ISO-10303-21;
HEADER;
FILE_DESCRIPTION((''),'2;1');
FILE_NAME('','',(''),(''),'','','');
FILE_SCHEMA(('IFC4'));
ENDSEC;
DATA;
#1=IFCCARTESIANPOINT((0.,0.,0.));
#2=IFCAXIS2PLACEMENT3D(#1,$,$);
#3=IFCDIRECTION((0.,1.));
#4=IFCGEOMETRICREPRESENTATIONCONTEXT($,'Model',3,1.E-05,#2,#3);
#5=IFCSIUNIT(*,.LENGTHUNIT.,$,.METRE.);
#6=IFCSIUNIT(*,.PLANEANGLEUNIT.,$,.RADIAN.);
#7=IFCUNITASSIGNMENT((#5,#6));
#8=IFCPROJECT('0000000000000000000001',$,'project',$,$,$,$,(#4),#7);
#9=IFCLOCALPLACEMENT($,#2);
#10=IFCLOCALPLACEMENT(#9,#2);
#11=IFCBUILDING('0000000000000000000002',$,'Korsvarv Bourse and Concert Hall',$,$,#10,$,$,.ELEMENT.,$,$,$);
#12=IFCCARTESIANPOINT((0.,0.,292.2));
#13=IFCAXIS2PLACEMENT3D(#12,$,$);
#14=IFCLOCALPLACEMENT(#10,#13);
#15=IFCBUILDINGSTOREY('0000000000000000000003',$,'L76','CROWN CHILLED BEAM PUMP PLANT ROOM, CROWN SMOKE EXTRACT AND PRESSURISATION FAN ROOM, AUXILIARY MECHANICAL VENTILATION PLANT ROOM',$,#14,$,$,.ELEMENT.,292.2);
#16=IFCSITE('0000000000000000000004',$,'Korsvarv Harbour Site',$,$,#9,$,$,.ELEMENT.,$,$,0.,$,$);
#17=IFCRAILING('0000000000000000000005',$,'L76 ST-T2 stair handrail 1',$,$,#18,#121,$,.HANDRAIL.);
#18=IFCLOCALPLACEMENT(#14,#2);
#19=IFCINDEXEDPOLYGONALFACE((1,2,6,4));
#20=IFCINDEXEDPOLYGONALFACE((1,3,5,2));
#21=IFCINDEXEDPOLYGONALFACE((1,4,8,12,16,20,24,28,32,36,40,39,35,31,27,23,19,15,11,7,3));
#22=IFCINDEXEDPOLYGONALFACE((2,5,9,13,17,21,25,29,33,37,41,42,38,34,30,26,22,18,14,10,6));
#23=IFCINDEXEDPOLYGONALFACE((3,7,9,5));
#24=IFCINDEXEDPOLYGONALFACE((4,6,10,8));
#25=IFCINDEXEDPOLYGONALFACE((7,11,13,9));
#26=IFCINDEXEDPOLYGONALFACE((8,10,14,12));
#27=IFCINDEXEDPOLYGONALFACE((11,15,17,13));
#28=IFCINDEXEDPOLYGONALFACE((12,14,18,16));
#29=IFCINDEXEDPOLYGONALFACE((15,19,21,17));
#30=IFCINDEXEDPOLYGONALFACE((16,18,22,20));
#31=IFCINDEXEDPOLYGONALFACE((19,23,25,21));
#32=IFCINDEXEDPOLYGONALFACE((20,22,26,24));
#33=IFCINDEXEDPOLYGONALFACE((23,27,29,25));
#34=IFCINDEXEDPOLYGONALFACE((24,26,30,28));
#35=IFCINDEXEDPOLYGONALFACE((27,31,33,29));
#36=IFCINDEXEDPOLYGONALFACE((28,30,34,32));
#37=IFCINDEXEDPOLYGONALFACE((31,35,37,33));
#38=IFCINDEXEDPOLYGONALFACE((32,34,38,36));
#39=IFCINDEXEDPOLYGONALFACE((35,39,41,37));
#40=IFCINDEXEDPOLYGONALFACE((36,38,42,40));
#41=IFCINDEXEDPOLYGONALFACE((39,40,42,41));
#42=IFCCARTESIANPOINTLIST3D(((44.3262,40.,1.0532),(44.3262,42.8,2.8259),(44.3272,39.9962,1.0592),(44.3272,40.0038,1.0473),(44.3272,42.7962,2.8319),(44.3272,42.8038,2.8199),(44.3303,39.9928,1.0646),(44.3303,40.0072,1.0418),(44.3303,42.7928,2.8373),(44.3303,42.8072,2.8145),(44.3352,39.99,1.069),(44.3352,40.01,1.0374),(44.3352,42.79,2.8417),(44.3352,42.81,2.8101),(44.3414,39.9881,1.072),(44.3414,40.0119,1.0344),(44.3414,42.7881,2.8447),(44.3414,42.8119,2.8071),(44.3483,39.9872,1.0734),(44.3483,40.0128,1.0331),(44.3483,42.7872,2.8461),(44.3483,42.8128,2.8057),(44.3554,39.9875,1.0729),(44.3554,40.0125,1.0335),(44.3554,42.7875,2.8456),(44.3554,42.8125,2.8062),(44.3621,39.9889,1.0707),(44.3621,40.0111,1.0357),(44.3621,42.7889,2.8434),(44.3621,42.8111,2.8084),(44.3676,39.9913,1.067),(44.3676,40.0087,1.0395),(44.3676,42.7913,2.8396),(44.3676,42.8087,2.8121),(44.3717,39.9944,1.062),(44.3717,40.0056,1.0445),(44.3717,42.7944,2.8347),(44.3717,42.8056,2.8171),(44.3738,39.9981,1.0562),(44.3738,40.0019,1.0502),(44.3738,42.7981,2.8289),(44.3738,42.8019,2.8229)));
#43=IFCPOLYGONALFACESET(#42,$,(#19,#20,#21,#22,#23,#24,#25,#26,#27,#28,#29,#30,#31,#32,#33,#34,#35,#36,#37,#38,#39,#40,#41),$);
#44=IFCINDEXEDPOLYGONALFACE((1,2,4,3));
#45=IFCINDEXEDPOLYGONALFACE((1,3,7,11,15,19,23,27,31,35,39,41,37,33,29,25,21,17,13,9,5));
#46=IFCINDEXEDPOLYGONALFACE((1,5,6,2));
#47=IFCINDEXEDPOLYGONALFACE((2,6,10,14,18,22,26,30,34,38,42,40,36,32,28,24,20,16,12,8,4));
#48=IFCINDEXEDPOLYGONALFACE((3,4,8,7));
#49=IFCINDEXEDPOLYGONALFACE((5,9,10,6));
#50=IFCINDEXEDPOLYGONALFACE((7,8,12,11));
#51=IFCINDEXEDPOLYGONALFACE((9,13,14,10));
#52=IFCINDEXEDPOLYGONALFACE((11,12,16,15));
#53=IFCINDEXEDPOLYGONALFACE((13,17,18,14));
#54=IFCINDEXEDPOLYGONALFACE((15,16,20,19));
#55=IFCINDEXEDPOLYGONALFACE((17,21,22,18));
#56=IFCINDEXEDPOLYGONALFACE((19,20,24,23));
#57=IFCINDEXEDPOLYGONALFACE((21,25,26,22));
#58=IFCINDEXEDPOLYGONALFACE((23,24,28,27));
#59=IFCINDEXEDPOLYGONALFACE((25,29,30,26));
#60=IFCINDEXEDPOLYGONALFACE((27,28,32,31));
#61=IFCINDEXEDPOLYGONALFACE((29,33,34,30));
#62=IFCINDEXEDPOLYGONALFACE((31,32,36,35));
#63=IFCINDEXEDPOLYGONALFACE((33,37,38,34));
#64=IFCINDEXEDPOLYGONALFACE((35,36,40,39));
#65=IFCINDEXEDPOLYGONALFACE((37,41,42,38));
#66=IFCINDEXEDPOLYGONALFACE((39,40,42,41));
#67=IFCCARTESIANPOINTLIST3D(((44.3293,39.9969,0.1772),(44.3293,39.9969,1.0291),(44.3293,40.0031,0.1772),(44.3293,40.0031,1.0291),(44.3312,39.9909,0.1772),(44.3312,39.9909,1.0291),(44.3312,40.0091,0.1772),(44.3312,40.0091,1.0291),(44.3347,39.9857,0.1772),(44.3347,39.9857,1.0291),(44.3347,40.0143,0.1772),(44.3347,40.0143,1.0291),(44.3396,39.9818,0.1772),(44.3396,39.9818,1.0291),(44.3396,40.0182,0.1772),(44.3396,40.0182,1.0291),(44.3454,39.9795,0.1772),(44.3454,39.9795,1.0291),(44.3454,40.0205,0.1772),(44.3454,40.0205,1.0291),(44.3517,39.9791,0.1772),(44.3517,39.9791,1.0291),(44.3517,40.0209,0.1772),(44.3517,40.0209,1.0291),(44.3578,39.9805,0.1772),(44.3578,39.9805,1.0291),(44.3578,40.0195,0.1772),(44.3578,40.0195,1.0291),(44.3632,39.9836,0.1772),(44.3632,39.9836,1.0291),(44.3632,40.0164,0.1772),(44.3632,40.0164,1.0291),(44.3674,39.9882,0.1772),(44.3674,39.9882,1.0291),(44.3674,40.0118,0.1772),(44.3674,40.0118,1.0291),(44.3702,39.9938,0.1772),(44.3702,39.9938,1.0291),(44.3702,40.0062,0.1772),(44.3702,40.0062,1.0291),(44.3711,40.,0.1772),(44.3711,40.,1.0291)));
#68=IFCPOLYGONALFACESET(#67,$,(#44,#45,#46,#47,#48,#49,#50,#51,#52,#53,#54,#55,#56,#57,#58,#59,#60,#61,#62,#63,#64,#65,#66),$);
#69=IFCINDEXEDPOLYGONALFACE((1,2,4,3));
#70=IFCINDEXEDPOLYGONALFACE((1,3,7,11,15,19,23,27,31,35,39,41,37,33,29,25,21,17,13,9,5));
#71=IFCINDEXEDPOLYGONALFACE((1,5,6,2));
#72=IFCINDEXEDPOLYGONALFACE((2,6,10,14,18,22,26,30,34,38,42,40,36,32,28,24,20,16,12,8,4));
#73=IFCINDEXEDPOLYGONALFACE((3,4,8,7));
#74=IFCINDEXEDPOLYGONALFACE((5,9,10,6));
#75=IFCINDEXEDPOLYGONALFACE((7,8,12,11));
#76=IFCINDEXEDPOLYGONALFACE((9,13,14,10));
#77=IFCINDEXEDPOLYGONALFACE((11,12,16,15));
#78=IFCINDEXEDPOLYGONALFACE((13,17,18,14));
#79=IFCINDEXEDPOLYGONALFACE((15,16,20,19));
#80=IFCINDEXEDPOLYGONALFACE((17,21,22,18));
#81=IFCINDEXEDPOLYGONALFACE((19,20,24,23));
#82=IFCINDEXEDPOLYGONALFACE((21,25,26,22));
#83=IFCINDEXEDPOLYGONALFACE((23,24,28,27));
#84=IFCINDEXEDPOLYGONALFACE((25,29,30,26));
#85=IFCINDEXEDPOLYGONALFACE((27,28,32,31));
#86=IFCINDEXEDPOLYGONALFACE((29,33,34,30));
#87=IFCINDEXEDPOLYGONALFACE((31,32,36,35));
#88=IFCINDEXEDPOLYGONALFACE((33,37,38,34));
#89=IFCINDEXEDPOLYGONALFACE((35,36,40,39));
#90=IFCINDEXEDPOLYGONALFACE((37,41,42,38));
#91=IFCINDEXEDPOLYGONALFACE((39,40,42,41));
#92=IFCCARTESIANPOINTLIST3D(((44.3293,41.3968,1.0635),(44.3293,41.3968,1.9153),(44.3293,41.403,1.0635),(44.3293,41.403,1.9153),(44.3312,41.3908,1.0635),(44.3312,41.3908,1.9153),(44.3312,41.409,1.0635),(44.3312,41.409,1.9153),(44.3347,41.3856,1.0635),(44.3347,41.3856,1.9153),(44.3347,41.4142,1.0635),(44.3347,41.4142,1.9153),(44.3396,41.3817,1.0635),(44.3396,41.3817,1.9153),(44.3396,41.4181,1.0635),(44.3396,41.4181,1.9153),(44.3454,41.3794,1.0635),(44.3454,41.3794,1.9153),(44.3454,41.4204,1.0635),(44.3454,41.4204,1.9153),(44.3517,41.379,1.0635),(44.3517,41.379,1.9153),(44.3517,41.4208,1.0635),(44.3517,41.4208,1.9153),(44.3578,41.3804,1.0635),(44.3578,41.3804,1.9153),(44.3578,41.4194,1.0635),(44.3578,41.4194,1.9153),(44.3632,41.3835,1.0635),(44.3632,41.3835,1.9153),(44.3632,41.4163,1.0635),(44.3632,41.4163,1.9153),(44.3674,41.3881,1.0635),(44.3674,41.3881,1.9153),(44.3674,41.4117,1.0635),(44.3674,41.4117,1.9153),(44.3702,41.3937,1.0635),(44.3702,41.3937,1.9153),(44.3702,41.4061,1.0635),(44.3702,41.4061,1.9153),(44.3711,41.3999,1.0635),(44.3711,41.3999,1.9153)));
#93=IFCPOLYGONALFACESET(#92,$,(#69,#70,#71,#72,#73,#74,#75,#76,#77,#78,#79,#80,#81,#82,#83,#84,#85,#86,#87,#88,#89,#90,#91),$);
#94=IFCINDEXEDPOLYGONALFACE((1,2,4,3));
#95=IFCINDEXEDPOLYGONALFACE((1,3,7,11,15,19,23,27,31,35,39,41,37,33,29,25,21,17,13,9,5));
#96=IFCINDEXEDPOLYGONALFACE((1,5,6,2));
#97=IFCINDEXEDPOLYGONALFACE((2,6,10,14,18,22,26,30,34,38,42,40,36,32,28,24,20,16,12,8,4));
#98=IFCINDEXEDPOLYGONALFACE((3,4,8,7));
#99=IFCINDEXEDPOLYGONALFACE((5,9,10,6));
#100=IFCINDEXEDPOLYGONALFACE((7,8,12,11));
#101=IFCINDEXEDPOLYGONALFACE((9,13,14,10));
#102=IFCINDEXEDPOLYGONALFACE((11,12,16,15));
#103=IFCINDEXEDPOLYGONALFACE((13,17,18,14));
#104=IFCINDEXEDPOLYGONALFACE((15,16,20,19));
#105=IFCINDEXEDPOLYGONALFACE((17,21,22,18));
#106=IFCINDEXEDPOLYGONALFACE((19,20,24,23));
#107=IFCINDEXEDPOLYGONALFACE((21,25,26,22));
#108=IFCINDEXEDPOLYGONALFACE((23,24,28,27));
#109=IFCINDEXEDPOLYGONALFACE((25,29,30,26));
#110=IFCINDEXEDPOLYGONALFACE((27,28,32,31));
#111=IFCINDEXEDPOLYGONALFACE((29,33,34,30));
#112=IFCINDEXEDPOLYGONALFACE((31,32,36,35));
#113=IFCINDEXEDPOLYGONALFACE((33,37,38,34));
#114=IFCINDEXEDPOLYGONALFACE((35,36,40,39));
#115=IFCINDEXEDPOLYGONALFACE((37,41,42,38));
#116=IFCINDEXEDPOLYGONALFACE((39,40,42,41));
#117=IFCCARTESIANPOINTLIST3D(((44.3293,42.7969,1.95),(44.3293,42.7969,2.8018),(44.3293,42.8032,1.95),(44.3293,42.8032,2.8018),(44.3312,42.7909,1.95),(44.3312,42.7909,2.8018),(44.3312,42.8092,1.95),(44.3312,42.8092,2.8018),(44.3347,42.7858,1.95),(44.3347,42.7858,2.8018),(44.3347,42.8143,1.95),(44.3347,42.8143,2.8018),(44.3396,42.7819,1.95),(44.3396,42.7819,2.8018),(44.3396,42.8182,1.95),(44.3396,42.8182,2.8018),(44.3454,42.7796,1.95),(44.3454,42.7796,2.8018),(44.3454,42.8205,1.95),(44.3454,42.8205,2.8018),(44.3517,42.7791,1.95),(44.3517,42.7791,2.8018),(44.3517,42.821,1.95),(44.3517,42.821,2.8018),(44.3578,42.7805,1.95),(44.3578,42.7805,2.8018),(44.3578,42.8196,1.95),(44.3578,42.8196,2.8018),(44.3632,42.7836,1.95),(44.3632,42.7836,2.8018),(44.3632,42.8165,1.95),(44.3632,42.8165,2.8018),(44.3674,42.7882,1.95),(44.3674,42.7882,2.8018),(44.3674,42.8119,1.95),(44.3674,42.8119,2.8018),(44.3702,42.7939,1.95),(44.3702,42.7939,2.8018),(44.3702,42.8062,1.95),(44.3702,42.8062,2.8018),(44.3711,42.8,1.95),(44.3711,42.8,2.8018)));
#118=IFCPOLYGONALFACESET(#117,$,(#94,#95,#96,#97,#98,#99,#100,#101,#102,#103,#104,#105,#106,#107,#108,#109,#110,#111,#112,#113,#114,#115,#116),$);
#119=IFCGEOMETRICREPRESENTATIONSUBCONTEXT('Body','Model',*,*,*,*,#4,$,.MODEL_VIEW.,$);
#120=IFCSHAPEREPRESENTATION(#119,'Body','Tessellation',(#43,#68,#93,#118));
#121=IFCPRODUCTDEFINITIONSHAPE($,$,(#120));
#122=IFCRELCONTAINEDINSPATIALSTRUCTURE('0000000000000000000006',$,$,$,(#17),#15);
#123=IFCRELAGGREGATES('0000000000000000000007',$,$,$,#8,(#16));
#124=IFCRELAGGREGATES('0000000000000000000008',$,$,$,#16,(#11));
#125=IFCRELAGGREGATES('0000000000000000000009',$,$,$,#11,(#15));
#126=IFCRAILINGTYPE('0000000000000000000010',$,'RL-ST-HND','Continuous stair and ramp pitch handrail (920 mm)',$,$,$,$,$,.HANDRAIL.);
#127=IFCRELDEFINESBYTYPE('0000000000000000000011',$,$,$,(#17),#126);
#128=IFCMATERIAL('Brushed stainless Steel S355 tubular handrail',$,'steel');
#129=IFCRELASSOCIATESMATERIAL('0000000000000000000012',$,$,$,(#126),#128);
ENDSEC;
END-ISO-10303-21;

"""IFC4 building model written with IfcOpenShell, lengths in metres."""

from ifc_helpers import new_model, si_unit, direction, frame, origin, origin_2d, place, context, subcontext, project, spatial, circle, extrude, material, type_object, element, save


model = new_model("IFC4")

# Units and contexts
model_context = context("Model", 3, precision=1e-05, world=origin(), true_north=direction((0.0, 1.0)))
body_context = subcontext(model_context, "Body", "Model", "MODEL_VIEW")
ifc_project = project(units=[si_unit("LENGTHUNIT", "METRE"), si_unit("PLANEANGLEUNIT", "RADIAN")], contexts=[model_context])

# Site, building, storey
site_placement = place(None, origin())
site = spatial("IfcSite", under=ifc_project, at=site_placement, Name="Korsvarv Harbour Site", CompositionType="ELEMENT", RefElevation=0.0)
building_placement = place(site_placement, origin())
building = spatial("IfcBuilding", under=site, at=building_placement, Name="Korsvarv Bourse and Concert Hall", CompositionType="ELEMENT")
storey_placement = place(building_placement, frame((0.0, 0.0, 292.2)))
storey = spatial("IfcBuildingStorey", under=building, at=storey_placement, Name="L76", Description="CROWN CHILLED BEAM PUMP PLANT ROOM, CROWN SMOKE EXTRACT AND PRESSURISATION FAN ROOM, AUXILIARY MECHANICAL VENTILATION PLANT ROOM", CompositionType="ELEMENT", Elevation=292.2)

# Railing
ifc_material_1 = material(Name="Brushed stainless Steel S355 tubular handrail", Category="steel")
railing_type_1 = type_object("IfcRailingType", Name="RL-ST-HND", Description="Continuous stair and ramp pitch handrail (920 mm)", PredefinedType="HANDRAIL", material=ifc_material_1)
railing_1_placement = place(storey_placement, frame((44.3501, 40.0, 0.1772)))
element("IfcRailing", 1, at=railing_1_placement, inside=storey, type_object=railing_type_1, Name="L76 ST-T2 stair handrail 1", PredefinedType="HANDRAIL", context=body_context, shape_type="SweptSolid", body=[
    extrude(circle(Radius=0.0239, at=origin_2d()), frame((0.0, 0.0, 0.876), z_axis=(0.0, 0.844909, 0.53491), x_axis=(-1.0, 0.0, 0.0)), (0.0, 0.0, 1.0), 3.314),
    extrude(circle(Radius=0.021, at=origin_2d()), origin(), (0.0, 0.0, 1.0), 0.8518),
    extrude(circle(Radius=0.021, at=origin_2d()), frame((0.0, 1.3999, 0.8862)), (0.0, 0.0, 1.0), 0.8518),
    extrude(circle(Radius=0.021, at=origin_2d()), frame((0.0, 2.8, 1.7727)), (0.0, 0.0, 1.0), 0.8518),
])

save(model, "model.ifc")
